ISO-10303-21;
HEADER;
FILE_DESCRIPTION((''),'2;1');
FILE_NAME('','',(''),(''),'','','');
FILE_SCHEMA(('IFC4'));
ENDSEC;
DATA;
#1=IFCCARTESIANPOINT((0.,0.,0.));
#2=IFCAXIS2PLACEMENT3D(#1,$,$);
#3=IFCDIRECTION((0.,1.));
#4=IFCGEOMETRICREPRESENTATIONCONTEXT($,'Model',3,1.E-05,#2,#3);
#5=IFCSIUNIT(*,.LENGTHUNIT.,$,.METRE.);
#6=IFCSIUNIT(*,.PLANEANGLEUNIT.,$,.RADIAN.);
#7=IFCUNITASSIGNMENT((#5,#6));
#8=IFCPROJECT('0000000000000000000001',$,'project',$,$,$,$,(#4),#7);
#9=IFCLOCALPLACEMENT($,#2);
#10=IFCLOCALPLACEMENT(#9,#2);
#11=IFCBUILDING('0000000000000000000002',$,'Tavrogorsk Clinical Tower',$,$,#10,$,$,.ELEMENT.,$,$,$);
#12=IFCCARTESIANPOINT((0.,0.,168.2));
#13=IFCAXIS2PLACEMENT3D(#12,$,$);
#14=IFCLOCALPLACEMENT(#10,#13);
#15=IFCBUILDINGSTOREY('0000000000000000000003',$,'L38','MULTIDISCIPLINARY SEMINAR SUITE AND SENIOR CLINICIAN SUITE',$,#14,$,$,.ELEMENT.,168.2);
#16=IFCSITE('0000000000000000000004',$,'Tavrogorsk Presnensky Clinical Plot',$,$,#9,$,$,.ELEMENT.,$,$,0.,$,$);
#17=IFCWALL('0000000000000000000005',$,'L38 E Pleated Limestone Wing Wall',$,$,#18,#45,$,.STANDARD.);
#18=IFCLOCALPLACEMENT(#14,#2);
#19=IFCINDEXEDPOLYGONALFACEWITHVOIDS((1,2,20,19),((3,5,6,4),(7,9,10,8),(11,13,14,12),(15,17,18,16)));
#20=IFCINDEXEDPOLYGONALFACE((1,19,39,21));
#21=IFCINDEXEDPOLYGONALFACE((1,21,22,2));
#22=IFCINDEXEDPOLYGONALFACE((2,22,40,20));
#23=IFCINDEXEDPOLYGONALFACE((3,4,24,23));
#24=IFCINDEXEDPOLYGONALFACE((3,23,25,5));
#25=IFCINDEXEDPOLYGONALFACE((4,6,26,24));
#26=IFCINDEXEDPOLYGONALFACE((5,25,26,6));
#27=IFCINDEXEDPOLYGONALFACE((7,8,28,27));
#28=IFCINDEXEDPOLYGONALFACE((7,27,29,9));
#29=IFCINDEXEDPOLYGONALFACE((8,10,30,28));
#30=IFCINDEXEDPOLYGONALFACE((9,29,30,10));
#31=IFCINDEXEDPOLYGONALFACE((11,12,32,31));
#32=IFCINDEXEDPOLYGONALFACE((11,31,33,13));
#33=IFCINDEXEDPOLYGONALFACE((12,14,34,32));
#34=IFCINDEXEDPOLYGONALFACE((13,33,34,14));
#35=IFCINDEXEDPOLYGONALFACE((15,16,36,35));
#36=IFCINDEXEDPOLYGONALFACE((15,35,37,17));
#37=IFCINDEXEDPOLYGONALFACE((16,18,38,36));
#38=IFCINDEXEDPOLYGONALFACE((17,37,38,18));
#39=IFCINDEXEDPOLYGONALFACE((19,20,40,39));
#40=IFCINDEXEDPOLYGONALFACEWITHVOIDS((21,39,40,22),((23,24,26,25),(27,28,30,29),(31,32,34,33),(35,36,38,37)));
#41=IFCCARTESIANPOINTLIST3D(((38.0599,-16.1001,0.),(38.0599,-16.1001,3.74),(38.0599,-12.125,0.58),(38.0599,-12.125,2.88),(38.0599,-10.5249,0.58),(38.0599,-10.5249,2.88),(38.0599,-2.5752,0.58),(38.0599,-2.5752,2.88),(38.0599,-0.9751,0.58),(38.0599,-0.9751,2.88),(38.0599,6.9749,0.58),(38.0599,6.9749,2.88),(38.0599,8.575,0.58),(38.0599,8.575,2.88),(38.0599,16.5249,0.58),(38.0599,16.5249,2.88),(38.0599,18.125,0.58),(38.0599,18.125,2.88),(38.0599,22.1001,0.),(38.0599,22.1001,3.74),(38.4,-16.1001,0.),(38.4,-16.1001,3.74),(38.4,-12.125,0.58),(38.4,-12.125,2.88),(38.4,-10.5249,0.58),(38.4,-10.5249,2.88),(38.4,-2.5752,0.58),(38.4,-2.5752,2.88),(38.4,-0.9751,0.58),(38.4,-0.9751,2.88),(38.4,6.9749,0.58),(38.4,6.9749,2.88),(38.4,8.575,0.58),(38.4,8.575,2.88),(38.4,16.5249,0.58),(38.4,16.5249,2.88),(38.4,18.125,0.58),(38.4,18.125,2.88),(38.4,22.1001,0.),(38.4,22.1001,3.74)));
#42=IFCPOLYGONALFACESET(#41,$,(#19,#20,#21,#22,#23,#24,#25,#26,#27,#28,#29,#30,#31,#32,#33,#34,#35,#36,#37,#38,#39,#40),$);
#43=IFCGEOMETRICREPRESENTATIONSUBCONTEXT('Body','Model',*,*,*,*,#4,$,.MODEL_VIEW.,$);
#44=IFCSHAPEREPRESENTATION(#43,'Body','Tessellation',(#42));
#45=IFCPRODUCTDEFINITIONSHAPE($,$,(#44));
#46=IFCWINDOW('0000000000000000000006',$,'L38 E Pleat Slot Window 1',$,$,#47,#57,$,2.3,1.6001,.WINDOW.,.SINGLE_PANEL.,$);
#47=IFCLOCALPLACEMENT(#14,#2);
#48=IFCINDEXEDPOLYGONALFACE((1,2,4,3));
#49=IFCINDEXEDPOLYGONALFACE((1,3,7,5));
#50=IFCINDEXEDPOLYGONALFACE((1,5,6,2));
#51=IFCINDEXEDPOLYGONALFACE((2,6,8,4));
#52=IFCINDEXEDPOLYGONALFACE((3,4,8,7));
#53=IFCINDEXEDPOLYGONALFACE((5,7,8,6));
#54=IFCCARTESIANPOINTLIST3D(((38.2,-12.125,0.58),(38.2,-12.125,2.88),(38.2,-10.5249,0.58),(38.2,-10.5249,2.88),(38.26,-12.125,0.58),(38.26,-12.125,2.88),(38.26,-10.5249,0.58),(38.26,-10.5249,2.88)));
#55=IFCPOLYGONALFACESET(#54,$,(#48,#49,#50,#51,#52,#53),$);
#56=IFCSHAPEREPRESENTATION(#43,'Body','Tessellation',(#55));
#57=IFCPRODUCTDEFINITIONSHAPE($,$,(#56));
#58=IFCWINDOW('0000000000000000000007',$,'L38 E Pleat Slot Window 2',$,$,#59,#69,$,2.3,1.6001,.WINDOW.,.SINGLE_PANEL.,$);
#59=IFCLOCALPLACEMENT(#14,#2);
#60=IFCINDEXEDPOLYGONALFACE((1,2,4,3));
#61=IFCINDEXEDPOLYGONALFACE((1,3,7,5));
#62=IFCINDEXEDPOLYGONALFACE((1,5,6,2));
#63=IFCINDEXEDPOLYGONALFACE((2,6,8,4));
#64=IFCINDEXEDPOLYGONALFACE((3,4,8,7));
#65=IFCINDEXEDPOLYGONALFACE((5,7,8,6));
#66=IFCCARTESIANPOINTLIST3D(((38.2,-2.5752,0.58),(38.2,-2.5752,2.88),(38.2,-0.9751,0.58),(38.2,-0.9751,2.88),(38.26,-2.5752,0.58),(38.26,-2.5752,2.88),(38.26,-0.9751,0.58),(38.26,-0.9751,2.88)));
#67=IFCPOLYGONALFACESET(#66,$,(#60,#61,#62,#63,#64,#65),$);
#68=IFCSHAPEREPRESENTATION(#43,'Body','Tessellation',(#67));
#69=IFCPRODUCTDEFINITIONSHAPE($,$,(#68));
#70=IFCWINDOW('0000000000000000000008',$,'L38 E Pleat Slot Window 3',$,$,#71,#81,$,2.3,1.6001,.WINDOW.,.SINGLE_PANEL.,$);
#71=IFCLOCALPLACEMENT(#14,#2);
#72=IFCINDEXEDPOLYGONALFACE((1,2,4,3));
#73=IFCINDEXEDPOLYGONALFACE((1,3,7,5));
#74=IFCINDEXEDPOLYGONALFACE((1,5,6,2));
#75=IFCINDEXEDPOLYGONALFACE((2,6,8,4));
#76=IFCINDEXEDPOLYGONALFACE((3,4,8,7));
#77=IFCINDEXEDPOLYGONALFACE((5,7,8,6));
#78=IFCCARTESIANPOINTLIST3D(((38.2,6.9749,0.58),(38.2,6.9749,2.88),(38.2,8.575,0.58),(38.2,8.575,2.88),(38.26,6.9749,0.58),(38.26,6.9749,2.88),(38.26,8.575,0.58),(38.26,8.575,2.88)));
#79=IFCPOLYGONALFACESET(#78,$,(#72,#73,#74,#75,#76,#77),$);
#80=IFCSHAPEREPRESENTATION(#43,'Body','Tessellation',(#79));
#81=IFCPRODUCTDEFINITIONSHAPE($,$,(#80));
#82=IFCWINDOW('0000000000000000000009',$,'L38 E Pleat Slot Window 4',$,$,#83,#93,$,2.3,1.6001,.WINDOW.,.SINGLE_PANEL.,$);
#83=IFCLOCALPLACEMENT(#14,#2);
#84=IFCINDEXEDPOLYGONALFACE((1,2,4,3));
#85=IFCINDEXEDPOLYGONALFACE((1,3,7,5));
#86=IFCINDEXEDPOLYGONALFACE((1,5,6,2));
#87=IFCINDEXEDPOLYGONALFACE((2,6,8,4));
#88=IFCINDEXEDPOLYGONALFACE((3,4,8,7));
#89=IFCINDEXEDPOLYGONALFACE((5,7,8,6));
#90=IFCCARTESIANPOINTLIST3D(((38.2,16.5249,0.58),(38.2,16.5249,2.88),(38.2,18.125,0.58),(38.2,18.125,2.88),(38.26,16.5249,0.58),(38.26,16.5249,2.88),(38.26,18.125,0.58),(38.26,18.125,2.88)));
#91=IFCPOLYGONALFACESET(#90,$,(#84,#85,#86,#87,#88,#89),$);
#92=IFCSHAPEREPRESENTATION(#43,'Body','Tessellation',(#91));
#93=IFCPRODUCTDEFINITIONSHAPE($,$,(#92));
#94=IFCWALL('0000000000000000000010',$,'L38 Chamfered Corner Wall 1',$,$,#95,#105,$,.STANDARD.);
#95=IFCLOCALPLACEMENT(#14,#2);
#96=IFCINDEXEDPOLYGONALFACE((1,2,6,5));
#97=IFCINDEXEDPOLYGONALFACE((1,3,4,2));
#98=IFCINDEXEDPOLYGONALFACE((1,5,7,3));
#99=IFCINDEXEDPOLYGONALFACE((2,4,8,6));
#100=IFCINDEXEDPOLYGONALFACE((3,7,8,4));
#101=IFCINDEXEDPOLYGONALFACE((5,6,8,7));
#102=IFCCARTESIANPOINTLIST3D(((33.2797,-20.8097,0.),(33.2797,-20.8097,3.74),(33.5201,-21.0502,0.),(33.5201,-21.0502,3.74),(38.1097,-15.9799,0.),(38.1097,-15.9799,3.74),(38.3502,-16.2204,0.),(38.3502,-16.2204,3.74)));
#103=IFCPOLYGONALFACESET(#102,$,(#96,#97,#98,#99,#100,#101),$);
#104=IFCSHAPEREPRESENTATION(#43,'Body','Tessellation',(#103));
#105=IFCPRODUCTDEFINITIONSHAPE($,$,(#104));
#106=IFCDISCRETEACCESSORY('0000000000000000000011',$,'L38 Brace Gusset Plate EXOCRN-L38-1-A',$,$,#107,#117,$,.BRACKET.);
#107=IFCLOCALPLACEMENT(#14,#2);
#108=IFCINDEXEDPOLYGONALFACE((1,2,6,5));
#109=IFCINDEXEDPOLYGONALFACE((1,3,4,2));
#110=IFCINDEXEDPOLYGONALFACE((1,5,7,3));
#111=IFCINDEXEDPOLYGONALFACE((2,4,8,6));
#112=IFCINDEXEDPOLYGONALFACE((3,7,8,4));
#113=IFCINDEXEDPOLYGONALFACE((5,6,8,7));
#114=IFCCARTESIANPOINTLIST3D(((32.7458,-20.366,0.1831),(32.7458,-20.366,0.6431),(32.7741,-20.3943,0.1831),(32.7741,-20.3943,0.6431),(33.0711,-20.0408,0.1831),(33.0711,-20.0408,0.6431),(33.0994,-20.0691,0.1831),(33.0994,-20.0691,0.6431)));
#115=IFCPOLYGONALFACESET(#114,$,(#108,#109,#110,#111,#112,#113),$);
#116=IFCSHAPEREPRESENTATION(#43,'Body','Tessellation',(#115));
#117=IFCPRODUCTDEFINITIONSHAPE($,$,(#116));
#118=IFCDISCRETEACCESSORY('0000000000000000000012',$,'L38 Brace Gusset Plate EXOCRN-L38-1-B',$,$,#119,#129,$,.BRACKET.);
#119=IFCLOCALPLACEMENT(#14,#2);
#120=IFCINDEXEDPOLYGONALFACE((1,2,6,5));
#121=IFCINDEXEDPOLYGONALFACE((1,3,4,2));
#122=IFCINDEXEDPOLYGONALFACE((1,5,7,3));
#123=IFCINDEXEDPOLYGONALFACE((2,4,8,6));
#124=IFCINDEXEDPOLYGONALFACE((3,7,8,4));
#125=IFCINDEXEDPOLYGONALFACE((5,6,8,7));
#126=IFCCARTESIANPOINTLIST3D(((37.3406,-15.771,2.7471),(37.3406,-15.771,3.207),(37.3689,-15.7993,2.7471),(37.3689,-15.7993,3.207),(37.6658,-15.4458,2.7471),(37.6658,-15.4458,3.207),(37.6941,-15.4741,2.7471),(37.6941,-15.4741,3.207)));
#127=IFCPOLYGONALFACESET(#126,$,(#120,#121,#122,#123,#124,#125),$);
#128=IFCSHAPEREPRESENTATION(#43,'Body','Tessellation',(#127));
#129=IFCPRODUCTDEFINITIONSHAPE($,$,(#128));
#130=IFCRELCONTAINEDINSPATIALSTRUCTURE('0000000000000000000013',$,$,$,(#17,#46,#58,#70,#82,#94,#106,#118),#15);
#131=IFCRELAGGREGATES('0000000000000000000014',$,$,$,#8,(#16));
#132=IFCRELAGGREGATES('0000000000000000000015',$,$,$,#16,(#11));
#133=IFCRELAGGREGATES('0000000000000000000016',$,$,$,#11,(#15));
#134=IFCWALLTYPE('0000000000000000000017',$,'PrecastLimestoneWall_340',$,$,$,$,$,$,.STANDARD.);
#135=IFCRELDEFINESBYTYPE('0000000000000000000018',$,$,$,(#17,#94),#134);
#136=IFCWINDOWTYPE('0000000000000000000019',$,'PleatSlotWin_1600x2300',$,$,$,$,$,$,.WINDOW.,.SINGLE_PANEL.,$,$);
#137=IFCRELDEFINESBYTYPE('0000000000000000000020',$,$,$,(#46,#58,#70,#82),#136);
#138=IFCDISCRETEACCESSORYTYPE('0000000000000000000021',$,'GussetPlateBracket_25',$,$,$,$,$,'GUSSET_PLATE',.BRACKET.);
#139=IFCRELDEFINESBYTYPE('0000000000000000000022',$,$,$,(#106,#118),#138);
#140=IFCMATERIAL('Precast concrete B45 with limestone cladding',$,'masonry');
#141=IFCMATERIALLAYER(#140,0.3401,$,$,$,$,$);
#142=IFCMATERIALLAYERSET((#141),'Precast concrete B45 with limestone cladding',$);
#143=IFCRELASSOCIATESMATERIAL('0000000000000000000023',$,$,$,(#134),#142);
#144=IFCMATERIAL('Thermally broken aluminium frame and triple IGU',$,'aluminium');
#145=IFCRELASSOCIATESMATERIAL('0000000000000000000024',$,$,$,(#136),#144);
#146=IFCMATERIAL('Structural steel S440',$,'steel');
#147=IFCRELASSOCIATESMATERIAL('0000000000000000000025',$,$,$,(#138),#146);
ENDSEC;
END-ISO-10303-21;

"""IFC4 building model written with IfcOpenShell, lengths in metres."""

from ifc_helpers import new_model, si_unit, direction, frame, frame_2d, origin, origin_2d, place, context, subcontext, project, spatial, rectangle, extrude, material, layer, layer_set, type_object, element, fill, save


model = new_model("IFC4")

# Units and contexts
model_context = context("Model", 3, precision=1e-05, world=origin(), true_north=direction((0.0, 1.0)))
body_context = subcontext(model_context, "Body", "Model", "MODEL_VIEW")
ifc_project = project(units=[si_unit("LENGTHUNIT", "METRE"), si_unit("PLANEANGLEUNIT", "RADIAN")], contexts=[model_context])

# Site, building, storey
site_placement = place(None, origin())
site = spatial("IfcSite", under=ifc_project, at=site_placement, Name="Tavrogorsk Presnensky Clinical Plot", CompositionType="ELEMENT", RefElevation=0.0)
building_placement = place(site_placement, origin())
building = spatial("IfcBuilding", under=site, at=building_placement, Name="Tavrogorsk Clinical Tower", CompositionType="ELEMENT")
storey_placement = place(building_placement, frame((0.0, 0.0, 168.2)))
storey = spatial("IfcBuildingStorey", under=building, at=storey_placement, Name="L38", Description="MULTIDISCIPLINARY SEMINAR SUITE AND SENIOR CLINICIAN SUITE", CompositionType="ELEMENT", Elevation=168.2)

# Wall, openings, windows
ifc_material_1 = material(Name="Precast concrete B45 with limestone cladding", Category="masonry")
ifc_layer_1 = layer(ifc_material_1, 0.3401)
ifc_layer_set_1 = layer_set([ifc_layer_1], Name="Precast concrete B45 with limestone cladding")
wall_type_1 = type_object("IfcWallType", Name="PrecastLimestoneWall_340", PredefinedType="STANDARD", material=ifc_layer_set_1)
wall_1_placement = place(storey_placement, frame((38.23, -16.1001, 0.0), z_axis=(0.0, 0.0, 1.0), x_axis=(0.0, 1.0, 0.0)))
wall_1 = element("IfcWall", 1, at=wall_1_placement, inside=storey, type_object=wall_type_1, Name="L38 E Pleated Limestone Wing Wall", PredefinedType="STANDARD", context=body_context, shape_type="SweptSolid", body=[
    extrude(rectangle(XDim=38.2002, YDim=0.3401, at=frame_2d((19.1001, 0.0))), origin(), (0.0, 0.0, 1.0), 3.74),
])
opening_1_placement = place(wall_1_placement, frame((3.9751, 0.0, 0.5801)))
opening_1 = element("IfcOpeningElement", 2, at=opening_1_placement, cuts=wall_1, PredefinedType="OPENING", context=body_context, shape_type="SweptSolid", body=[
    extrude(rectangle(XDim=1.6001, YDim=2.3, at=frame_2d((0.8, 1.1499))), frame((0.0, 0.1799, 0.0), z_axis=(0.0, -1.0, 0.0), x_axis=(1.0, 0.0, 0.0)), (0.0, 0.0, 1.0), 0.3601),
])
opening_2_placement = place(wall_1_placement, frame((13.5249, 0.0, 0.5801)))
opening_2 = element("IfcOpeningElement", 3, at=opening_2_placement, cuts=wall_1, PredefinedType="OPENING", context=body_context, shape_type="SweptSolid", body=[
    extrude(rectangle(XDim=1.6001, YDim=2.3, at=frame_2d((0.8, 1.1499))), frame((0.0, 0.1799, 0.0), z_axis=(0.0, -1.0, 0.0), x_axis=(1.0, 0.0, 0.0)), (0.0, 0.0, 1.0), 0.3601),
])
opening_3_placement = place(wall_1_placement, frame((23.075, 0.0, 0.5801)))
opening_3 = element("IfcOpeningElement", 4, at=opening_3_placement, cuts=wall_1, PredefinedType="OPENING", context=body_context, shape_type="SweptSolid", body=[
    extrude(rectangle(XDim=1.6001, YDim=2.3, at=frame_2d((0.8, 1.1499))), frame((0.0, 0.1799, 0.0), z_axis=(0.0, -1.0, 0.0), x_axis=(1.0, 0.0, 0.0)), (0.0, 0.0, 1.0), 0.3601),
])
opening_4_placement = place(wall_1_placement, frame((32.625, 0.0, 0.5801)))
opening_4 = element("IfcOpeningElement", 5, at=opening_4_placement, cuts=wall_1, PredefinedType="OPENING", context=body_context, shape_type="SweptSolid", body=[
    extrude(rectangle(XDim=1.6001, YDim=2.3, at=frame_2d((0.8, 1.1499))), frame((0.0, 0.1799, 0.0), z_axis=(0.0, -1.0, 0.0), x_axis=(1.0, 0.0, 0.0)), (0.0, 0.0, 1.0), 0.3601),
])
ifc_material_2 = material(Name="Thermally broken aluminium frame and triple IGU", Category="aluminium")
window_type = type_object("IfcWindowType", Name="PleatSlotWin_1600x2300", PartitioningType="SINGLE_PANEL", PredefinedType="WINDOW", material=ifc_material_2)
window_1_placement = place(opening_1_placement, origin())
window_1 = element("IfcWindow", 6, at=window_1_placement, inside=storey, type_object=window_type, Name="L38 E Pleat Slot Window 1", OverallHeight=2.3, OverallWidth=1.6001, PartitioningType="SINGLE_PANEL", PredefinedType="WINDOW", context=body_context, shape_type="SweptSolid", body=[
    extrude(rectangle(XDim=1.6001, YDim=2.3, at=frame_2d((0.8, 1.1499))), frame((0.0, 0.03, 0.0), z_axis=(0.0, -1.0, 0.0), x_axis=(1.0, 0.0, 0.0)), (0.0, 0.0, 1.0), 0.0601),
])
fill(opening_1, window_1)
window_2_placement = place(opening_2_placement, origin())
window_2 = element("IfcWindow", 7, at=window_2_placement, inside=storey, type_object=window_type, Name="L38 E Pleat Slot Window 2", OverallHeight=2.3, OverallWidth=1.6001, PartitioningType="SINGLE_PANEL", PredefinedType="WINDOW", context=body_context, shape_type="SweptSolid", body=[
    extrude(rectangle(XDim=1.6001, YDim=2.3, at=frame_2d((0.8, 1.1499))), frame((0.0, 0.03, 0.0), z_axis=(0.0, -1.0, 0.0), x_axis=(1.0, 0.0, 0.0)), (0.0, 0.0, 1.0), 0.0601),
])
fill(opening_2, window_2)
window_3_placement = place(opening_3_placement, origin())
window_3 = element("IfcWindow", 8, at=window_3_placement, inside=storey, type_object=window_type, Name="L38 E Pleat Slot Window 3", OverallHeight=2.3, OverallWidth=1.6001, PartitioningType="SINGLE_PANEL", PredefinedType="WINDOW", context=body_context, shape_type="SweptSolid", body=[
    extrude(rectangle(XDim=1.6001, YDim=2.3, at=frame_2d((0.8, 1.1499))), frame((0.0, 0.03, 0.0), z_axis=(0.0, -1.0, 0.0), x_axis=(1.0, 0.0, 0.0)), (0.0, 0.0, 1.0), 0.0601),
])
fill(opening_3, window_3)
window_4_placement = place(opening_4_placement, origin())
window_4 = element("IfcWindow", 9, at=window_4_placement, inside=storey, type_object=window_type, Name="L38 E Pleat Slot Window 4", OverallHeight=2.3, OverallWidth=1.6001, PartitioningType="SINGLE_PANEL", PredefinedType="WINDOW", context=body_context, shape_type="SweptSolid", body=[
    extrude(rectangle(XDim=1.6001, YDim=2.3, at=frame_2d((0.8, 1.1499))), frame((0.0, 0.03, 0.0), z_axis=(0.0, -1.0, 0.0), x_axis=(1.0, 0.0, 0.0)), (0.0, 0.0, 1.0), 0.0601),
])
fill(opening_4, window_4)

# Wall
wall_2_placement = place(storey_placement, frame((33.3999, -20.9299, 0.0), z_axis=(0.0, 0.0, 1.0), x_axis=(0.707125, 0.707089, 0.0)))
element("IfcWall", 10, at=wall_2_placement, inside=storey, type_object=wall_type_1, Name="L38 Chamfered Corner Wall 1", PredefinedType="STANDARD", context=body_context, shape_type="SweptSolid", body=[
    extrude(rectangle(XDim=6.8306, YDim=0.3401, at=frame_2d((3.4153, 0.0))), origin(), (0.0, 0.0, 1.0), 3.74),
])

# Discrete accessories
ifc_material_3 = material(Name="Structural steel S440", Category="steel")
discrete_accessory_type = type_object("IfcDiscreteAccessoryType", Name="GussetPlateBracket_25", ElementType="GUSSET_PLATE", PredefinedType="BRACKET", material=ifc_material_3)
for number, where, z_axis, x_axis, name in (
    (11, (32.9226, -20.2175, 0.1831), (0.0, 0.0, 1.0), (0.707107, 0.707107, 0.0), "L38 Brace Gusset Plate EXOCRN-L38-1-A"),
    (12, (37.5173, -15.6226, 2.7471), (0.0, 0.0, 1.0), (0.707107, 0.707107, 0.0), "L38 Brace Gusset Plate EXOCRN-L38-1-B"),
):
    element("IfcDiscreteAccessory", number, at=place(storey_placement, frame(where, z_axis=z_axis, x_axis=x_axis)), inside=storey, type_object=discrete_accessory_type, Name=name, PredefinedType="BRACKET", context=body_context, shape_type="SweptSolid", body=[
        extrude(rectangle(XDim=0.46, YDim=0.04, at=origin_2d()), origin(), (0.0, 0.0, 1.0), 0.46),
    ])

save(model, "model.ifc")
